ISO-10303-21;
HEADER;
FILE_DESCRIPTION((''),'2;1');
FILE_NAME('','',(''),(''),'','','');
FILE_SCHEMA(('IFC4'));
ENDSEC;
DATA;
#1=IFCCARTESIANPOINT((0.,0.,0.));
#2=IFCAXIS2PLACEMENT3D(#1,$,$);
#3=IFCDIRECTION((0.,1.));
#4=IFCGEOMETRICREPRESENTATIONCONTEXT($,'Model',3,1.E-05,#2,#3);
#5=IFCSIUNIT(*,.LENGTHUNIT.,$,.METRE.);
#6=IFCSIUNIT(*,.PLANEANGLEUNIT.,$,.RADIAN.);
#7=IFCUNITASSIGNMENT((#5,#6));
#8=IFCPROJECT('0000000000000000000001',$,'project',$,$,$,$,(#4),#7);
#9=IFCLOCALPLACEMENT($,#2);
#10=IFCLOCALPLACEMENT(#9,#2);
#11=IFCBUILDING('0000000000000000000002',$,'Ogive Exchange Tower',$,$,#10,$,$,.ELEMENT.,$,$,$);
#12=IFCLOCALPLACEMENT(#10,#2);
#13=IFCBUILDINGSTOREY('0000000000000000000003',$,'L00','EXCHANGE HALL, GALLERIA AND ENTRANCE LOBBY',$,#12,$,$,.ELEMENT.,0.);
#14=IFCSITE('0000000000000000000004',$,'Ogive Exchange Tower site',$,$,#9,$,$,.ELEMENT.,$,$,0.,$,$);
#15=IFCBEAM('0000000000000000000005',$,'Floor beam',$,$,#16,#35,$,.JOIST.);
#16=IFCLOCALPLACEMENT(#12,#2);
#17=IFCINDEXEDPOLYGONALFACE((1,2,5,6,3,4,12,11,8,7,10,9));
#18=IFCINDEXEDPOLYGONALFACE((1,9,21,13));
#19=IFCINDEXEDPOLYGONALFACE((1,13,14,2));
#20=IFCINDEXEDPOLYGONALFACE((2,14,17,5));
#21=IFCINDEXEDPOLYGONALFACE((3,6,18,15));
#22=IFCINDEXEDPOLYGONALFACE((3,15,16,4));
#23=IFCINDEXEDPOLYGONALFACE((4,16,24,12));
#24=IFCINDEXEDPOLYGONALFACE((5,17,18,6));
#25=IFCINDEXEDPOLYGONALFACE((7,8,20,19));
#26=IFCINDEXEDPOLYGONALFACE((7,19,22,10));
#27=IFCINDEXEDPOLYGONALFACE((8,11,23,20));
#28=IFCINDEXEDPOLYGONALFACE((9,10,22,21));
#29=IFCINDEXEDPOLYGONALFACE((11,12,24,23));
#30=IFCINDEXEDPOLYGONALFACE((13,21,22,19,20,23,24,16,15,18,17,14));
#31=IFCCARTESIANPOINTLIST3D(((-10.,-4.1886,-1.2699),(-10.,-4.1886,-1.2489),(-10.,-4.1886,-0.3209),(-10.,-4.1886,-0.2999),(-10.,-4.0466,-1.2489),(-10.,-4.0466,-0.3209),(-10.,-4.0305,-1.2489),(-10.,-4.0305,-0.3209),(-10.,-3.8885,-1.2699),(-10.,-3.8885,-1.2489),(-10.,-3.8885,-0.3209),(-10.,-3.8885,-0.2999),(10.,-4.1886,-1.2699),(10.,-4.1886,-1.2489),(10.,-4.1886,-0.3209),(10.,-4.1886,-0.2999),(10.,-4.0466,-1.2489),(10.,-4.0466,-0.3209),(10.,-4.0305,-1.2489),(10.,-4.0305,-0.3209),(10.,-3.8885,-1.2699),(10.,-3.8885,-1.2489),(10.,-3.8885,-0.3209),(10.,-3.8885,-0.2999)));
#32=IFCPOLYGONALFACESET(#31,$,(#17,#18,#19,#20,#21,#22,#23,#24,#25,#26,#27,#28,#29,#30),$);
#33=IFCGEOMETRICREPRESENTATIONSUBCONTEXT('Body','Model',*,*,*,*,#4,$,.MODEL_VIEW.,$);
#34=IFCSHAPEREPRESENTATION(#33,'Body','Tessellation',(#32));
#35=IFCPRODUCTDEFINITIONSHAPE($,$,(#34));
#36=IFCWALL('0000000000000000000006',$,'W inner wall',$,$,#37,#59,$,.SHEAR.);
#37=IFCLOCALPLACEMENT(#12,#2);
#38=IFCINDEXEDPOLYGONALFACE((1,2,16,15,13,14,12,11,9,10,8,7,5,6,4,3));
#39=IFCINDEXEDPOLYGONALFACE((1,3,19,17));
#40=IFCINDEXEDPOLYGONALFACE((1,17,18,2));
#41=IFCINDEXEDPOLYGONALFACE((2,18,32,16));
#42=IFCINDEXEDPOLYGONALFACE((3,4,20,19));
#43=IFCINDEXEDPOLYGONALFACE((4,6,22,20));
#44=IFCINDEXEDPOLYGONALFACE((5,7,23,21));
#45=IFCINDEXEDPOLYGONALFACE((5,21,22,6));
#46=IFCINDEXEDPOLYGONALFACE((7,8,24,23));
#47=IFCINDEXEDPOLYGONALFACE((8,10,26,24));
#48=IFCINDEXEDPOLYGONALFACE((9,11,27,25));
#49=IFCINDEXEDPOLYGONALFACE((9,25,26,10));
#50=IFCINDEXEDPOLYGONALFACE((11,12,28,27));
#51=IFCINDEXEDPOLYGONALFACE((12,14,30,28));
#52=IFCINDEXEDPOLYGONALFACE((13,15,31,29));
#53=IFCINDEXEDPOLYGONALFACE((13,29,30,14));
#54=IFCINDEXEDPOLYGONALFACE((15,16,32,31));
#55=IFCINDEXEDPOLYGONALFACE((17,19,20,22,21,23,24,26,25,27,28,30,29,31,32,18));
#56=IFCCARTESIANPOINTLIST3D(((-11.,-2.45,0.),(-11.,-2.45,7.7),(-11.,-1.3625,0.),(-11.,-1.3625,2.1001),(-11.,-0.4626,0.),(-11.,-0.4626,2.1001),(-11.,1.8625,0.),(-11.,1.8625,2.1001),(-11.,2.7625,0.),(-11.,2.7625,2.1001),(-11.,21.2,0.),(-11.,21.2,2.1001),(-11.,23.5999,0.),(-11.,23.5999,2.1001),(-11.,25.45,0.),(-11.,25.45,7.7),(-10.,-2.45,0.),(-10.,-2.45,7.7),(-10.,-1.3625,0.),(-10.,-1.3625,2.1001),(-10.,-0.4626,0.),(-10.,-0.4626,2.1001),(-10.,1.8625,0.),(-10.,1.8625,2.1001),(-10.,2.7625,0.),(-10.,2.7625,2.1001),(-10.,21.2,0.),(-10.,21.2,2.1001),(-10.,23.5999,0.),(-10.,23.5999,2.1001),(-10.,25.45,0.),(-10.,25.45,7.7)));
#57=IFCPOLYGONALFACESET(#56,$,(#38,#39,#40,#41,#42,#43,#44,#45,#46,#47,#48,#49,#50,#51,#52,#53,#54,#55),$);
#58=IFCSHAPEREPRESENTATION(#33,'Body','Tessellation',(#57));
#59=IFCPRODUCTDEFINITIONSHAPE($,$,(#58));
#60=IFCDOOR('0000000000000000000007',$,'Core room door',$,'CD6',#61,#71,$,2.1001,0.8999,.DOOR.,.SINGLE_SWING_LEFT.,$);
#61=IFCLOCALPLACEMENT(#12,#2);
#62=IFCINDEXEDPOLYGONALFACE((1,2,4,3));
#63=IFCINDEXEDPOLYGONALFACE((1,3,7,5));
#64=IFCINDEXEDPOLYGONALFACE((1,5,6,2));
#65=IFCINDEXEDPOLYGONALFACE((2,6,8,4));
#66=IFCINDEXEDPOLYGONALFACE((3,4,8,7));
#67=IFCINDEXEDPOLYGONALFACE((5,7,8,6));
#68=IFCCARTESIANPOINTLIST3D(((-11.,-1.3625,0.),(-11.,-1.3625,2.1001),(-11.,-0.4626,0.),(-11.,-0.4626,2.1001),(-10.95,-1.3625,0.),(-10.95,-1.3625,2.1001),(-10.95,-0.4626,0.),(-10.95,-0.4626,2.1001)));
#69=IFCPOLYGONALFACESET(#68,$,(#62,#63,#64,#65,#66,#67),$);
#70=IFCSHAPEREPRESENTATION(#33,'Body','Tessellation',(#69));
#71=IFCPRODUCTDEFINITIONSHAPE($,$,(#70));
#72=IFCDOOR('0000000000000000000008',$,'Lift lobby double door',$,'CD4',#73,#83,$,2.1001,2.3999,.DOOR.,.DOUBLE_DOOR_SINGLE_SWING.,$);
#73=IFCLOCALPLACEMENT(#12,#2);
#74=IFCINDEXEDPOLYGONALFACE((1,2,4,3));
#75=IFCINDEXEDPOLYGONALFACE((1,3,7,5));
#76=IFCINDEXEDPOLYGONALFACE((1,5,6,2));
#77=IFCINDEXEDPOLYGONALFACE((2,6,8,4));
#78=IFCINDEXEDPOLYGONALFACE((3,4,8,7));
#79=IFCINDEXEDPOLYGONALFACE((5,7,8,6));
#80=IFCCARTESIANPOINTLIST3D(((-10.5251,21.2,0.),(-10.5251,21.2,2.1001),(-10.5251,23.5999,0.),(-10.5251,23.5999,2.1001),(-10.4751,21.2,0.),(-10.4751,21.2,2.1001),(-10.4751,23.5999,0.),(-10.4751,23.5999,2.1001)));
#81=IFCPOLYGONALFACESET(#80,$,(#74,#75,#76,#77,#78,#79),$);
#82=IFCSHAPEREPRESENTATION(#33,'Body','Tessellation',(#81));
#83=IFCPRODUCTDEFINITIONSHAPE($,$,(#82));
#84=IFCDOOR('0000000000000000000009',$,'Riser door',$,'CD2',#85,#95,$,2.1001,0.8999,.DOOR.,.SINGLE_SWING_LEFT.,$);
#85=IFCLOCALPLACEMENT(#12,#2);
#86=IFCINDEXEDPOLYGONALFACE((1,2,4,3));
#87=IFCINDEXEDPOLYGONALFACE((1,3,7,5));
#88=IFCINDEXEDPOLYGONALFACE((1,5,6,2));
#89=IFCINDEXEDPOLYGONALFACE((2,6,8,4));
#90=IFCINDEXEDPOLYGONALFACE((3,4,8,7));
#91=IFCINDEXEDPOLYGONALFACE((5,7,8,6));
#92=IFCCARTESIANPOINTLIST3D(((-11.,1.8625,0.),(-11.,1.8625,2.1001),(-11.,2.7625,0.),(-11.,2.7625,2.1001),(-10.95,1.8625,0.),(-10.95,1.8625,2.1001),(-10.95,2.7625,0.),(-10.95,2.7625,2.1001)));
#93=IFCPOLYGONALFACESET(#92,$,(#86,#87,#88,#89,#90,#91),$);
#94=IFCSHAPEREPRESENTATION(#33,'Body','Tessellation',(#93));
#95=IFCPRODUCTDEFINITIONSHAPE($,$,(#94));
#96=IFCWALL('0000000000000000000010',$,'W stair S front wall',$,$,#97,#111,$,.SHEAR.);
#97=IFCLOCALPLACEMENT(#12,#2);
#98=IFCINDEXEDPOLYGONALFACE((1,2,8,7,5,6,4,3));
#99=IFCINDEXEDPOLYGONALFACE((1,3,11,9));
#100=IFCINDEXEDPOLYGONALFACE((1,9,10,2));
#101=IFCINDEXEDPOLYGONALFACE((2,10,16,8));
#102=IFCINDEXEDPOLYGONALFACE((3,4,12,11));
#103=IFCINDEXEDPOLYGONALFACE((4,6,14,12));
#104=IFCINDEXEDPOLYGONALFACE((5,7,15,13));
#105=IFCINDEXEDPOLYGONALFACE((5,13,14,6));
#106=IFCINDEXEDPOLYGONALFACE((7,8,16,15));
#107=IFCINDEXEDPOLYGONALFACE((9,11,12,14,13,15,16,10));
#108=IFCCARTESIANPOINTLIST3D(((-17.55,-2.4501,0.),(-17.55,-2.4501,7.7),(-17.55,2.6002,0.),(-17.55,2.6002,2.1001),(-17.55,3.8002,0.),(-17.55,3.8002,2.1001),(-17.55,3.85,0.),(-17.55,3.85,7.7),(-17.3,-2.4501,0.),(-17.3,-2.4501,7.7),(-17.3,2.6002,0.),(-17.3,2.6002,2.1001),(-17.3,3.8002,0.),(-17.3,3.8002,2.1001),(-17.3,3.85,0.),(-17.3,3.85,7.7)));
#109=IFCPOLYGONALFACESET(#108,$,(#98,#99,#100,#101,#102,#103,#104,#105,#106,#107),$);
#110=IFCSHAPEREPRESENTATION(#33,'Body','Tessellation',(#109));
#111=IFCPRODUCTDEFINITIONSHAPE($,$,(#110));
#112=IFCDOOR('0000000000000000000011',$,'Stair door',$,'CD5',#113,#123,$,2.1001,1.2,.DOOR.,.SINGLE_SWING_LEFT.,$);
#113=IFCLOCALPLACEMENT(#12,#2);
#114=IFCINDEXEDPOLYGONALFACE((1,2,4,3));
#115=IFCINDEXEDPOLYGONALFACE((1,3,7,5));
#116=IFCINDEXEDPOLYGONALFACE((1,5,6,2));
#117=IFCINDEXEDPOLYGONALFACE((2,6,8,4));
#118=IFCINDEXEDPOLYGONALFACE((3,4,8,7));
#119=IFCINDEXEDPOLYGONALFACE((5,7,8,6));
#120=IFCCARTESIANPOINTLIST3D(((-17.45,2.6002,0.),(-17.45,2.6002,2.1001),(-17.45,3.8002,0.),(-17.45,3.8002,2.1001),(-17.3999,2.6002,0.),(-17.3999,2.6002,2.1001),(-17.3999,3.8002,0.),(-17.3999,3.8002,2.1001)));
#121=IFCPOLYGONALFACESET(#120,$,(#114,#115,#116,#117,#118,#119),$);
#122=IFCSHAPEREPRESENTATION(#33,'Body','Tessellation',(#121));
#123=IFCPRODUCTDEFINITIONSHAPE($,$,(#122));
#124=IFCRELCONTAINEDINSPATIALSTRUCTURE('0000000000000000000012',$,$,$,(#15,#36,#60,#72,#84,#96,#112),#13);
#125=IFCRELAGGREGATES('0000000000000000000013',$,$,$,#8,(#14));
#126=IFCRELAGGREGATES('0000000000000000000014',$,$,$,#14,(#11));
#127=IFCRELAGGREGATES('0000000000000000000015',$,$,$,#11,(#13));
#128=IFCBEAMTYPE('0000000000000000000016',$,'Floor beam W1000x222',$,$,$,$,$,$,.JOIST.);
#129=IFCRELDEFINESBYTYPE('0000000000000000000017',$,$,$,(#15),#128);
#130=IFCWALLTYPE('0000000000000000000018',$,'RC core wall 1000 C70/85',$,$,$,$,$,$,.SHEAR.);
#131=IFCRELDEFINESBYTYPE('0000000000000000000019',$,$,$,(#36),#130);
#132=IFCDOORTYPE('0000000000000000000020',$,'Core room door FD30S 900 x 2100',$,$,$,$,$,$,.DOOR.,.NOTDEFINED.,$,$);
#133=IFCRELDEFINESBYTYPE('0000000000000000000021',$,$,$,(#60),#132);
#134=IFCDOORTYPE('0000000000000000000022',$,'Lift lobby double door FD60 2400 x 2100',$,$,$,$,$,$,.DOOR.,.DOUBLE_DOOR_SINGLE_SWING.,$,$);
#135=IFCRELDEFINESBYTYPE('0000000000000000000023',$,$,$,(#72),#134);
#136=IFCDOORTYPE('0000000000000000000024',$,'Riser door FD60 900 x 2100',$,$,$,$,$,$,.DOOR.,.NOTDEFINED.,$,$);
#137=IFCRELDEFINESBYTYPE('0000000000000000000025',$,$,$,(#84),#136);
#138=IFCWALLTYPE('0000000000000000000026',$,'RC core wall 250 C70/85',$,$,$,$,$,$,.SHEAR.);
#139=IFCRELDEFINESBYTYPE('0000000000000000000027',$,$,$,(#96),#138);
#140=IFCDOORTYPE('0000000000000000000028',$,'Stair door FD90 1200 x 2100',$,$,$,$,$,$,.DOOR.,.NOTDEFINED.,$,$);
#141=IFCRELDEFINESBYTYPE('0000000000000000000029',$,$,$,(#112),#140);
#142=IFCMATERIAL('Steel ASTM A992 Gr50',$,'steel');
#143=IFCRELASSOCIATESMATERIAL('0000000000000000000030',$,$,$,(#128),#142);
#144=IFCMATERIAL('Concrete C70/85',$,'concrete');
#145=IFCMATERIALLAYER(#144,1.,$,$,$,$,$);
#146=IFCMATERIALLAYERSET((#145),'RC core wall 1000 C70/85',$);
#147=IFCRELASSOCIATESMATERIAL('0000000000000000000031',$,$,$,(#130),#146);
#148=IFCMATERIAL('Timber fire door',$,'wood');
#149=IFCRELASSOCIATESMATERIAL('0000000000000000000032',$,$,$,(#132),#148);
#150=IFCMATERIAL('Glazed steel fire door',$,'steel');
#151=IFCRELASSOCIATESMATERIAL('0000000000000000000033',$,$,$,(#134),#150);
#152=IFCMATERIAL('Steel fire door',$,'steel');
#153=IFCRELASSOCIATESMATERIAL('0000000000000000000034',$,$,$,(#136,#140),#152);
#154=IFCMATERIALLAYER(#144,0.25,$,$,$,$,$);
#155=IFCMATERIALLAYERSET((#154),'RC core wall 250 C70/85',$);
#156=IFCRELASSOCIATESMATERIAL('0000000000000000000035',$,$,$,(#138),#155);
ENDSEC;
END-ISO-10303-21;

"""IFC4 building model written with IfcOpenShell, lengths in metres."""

from ifc_helpers import new_model, si_unit, direction, frame, frame_2d, origin, origin_2d, place, context, subcontext, project, spatial, rectangle, i_section, extrude, material, layer, layer_set, material_profile, profile_set, type_object, element, fill, save


model = new_model("IFC4")

# Units and contexts
model_context = context("Model", 3, precision=1e-05, world=origin(), true_north=direction((0.0, 1.0)))
body_context = subcontext(model_context, "Body", "Model", "MODEL_VIEW")
ifc_project = project(units=[si_unit("LENGTHUNIT", "METRE"), si_unit("PLANEANGLEUNIT", "RADIAN")], contexts=[model_context])

# Site, building, storey
site_placement = place(None, origin())
site = spatial("IfcSite", under=ifc_project, at=site_placement, Name="Ogive Exchange Tower site", CompositionType="ELEMENT", RefElevation=0.0)
building_placement = place(site_placement, origin())
building = spatial("IfcBuilding", under=site, at=building_placement, Name="Ogive Exchange Tower", CompositionType="ELEMENT")
storey_placement = place(building_placement, origin())
storey = spatial("IfcBuildingStorey", under=building, at=storey_placement, Name="L00", Description="EXCHANGE HALL, GALLERIA AND ENTRANCE LOBBY", CompositionType="ELEMENT", Elevation=0.0)

# Beam
ifc_material_1 = material(Name="Steel ASTM A992 Gr50", Category="steel")
ifc_material_profile = material_profile(ifc_material_1, i_section(OverallWidth=0.3, OverallDepth=0.97, WebThickness=0.0161, FlangeThickness=0.021, at=origin_2d()), Name="W1000x222")
ifc_profile_set = profile_set([ifc_material_profile], Name="Steel ASTM A992 Gr50")
beam_type = type_object("IfcBeamType", Name="Floor beam W1000x222", PredefinedType="JOIST", material=ifc_profile_set)
beam_placement = place(storey_placement, frame((-10.0, -4.0386, -0.7849), z_axis=(1.0, 0.0, 0.0), x_axis=(0.0, 1.0, 0.0)))
element("IfcBeam", 1, at=beam_placement, inside=storey, type_object=beam_type, Name="Floor beam", PredefinedType="JOIST", context=body_context, shape_type="SweptSolid", body=[
    extrude(i_section(OverallWidth=0.3, OverallDepth=0.97, WebThickness=0.0161, FlangeThickness=0.021, at=origin_2d()), origin(), (0.0, 0.0, 1.0), 20.0),
])

# Wall, openings, doors
ifc_material_2 = material(Name="Concrete C70/85", Category="concrete")
ifc_layer_1 = layer(ifc_material_2, 1.0)
ifc_layer_set_1 = layer_set([ifc_layer_1], Name="RC core wall 1000 C70/85")
wall_type_1 = type_object("IfcWallType", Name="RC core wall 1000 C70/85", PredefinedType="SHEAR", material=ifc_layer_set_1)
wall_1_placement = place(storey_placement, frame((-10.5, -2.45, 0.0), z_axis=(0.0, 0.0, 1.0), x_axis=(0.0, 1.0, 0.0)))
wall_1 = element("IfcWall", 2, at=wall_1_placement, inside=storey, type_object=wall_type_1, Name="W inner wall", PredefinedType="SHEAR", context=body_context, shape_type="SweptSolid", body=[
    extrude(rectangle(XDim=27.8999, YDim=1.0, at=frame_2d((13.95, 0.0))), origin(), (0.0, 0.0, 1.0), 7.7),
])
opening_1_placement = place(wall_1_placement, frame((23.6499, 0.0, 0.0)))
opening_1 = element("IfcOpeningElement", 3, at=opening_1_placement, cuts=wall_1, PredefinedType="OPENING", context=body_context, shape_type="SweptSolid", body=[
    extrude(rectangle(XDim=2.3999, YDim=2.1001, at=frame_2d((1.2, 1.05))), frame((0.0, 0.51, 0.0), z_axis=(0.0, -1.0, 0.0), x_axis=(1.0, 0.0, 0.0)), (0.0, 0.0, 1.0), 1.02),
])
opening_2_placement = place(wall_1_placement, frame((1.0874, 0.0, 0.0)))
opening_2 = element("IfcOpeningElement", 4, at=opening_2_placement, cuts=wall_1, PredefinedType="OPENING", context=body_context, shape_type="SweptSolid", body=[
    extrude(rectangle(XDim=0.8999, YDim=2.1001, at=frame_2d((0.45, 1.05))), frame((0.0, 0.51, 0.0), z_axis=(0.0, -1.0, 0.0), x_axis=(1.0, 0.0, 0.0)), (0.0, 0.0, 1.0), 1.02),
])
opening_3_placement = place(wall_1_placement, frame((4.3125, 0.0, 0.0)))
opening_3 = element("IfcOpeningElement", 5, at=opening_3_placement, cuts=wall_1, PredefinedType="OPENING", context=body_context, shape_type="SweptSolid", body=[
    extrude(rectangle(XDim=0.8999, YDim=2.1001, at=frame_2d((0.45, 1.05))), frame((0.0, 0.51, 0.0), z_axis=(0.0, -1.0, 0.0), x_axis=(1.0, 0.0, 0.0)), (0.0, 0.0, 1.0), 1.02),
])
ifc_material_3 = material(Name="Timber fire door", Category="wood")
door_type_1 = type_object("IfcDoorType", Name="Core room door FD30S 900 x 2100", OperationType="NOTDEFINED", PredefinedType="DOOR", material=ifc_material_3)
door_1_placement = place(opening_2_placement, origin())
door_1 = element("IfcDoor", 6, at=door_1_placement, inside=storey, type_object=door_type_1, Name="Core room door", ObjectType="CD6", OperationType="SINGLE_SWING_LEFT", OverallHeight=2.1001, OverallWidth=0.8999, PredefinedType="DOOR", context=body_context, shape_type="SweptSolid", body=[
    extrude(rectangle(XDim=0.8999, YDim=2.1001, at=frame_2d((0.45, 1.05))), frame((0.0, 0.5, 0.0), z_axis=(0.0, -1.0, 0.0), x_axis=(1.0, 0.0, 0.0)), (0.0, 0.0, 1.0), 0.05),
])
fill(opening_2, door_1)
ifc_material_4 = material(Name="Glazed steel fire door", Category="steel")
door_type_2 = type_object("IfcDoorType", Name="Lift lobby double door FD60 2400 x 2100", OperationType="DOUBLE_DOOR_SINGLE_SWING", PredefinedType="DOOR", material=ifc_material_4)
door_2_placement = place(opening_1_placement, frame((2.3999, 0.0, 0.0), z_axis=(0.0, 0.0, 1.0), x_axis=(-1.0, 0.0, 0.0)))
door_2 = element("IfcDoor", 7, at=door_2_placement, inside=storey, type_object=door_type_2, Name="Lift lobby double door", ObjectType="CD4", OperationType="DOUBLE_DOOR_SINGLE_SWING", OverallHeight=2.1001, OverallWidth=2.3999, PredefinedType="DOOR", context=body_context, shape_type="SweptSolid", body=[
    extrude(rectangle(XDim=2.3999, YDim=2.1001, at=frame_2d((1.2, 1.05))), frame((0.0, 0.0249, 0.0), z_axis=(0.0, -1.0, 0.0), x_axis=(1.0, 0.0, 0.0)), (0.0, 0.0, 1.0), 0.05),
])
fill(opening_1, door_2)
ifc_material_5 = material(Name="Steel fire door", Category="steel")
door_type_3 = type_object("IfcDoorType", Name="Riser door FD60 900 x 2100", OperationType="NOTDEFINED", PredefinedType="DOOR", material=ifc_material_5)
door_3_placement = place(opening_3_placement, origin())
door_3 = element("IfcDoor", 8, at=door_3_placement, inside=storey, type_object=door_type_3, Name="Riser door", ObjectType="CD2", OperationType="SINGLE_SWING_LEFT", OverallHeight=2.1001, OverallWidth=0.8999, PredefinedType="DOOR", context=body_context, shape_type="SweptSolid", body=[
    extrude(rectangle(XDim=0.8999, YDim=2.1001, at=frame_2d((0.45, 1.05))), frame((0.0, 0.5, 0.0), z_axis=(0.0, -1.0, 0.0), x_axis=(1.0, 0.0, 0.0)), (0.0, 0.0, 1.0), 0.05),
])
fill(opening_3, door_3)

# Wall, opening, door
ifc_layer_2 = layer(ifc_material_2, 0.25)
ifc_layer_set_2 = layer_set([ifc_layer_2], Name="RC core wall 250 C70/85")
wall_type_2 = type_object("IfcWallType", Name="RC core wall 250 C70/85", PredefinedType="SHEAR", material=ifc_layer_set_2)
wall_2_placement = place(storey_placement, frame((-17.425, -2.45, 0.0), z_axis=(0.0, 0.0, 1.0), x_axis=(0.0, 1.0, 0.0)))
wall_2 = element("IfcWall", 9, at=wall_2_placement, inside=storey, type_object=wall_type_2, Name="W stair S front wall", PredefinedType="SHEAR", context=body_context, shape_type="SweptSolid", body=[
    extrude(rectangle(XDim=6.3, YDim=0.25, at=frame_2d((3.1499, 0.0))), origin(), (0.0, 0.0, 1.0), 7.7),
])
opening_4_placement = place(wall_2_placement, frame((5.05, 0.0, 0.0)))
opening_4 = element("IfcOpeningElement", 10, at=opening_4_placement, cuts=wall_2, PredefinedType="OPENING", context=body_context, shape_type="SweptSolid", body=[
    extrude(rectangle(XDim=1.2, YDim=2.1001, at=frame_2d((0.6001, 1.05))), frame((0.0, 0.135, 0.0), z_axis=(0.0, -1.0, 0.0), x_axis=(1.0, 0.0, 0.0)), (0.0, 0.0, 1.0), 0.27),
])
door_type_4 = type_object("IfcDoorType", Name="Stair door FD90 1200 x 2100", OperationType="NOTDEFINED", PredefinedType="DOOR", material=ifc_material_5)
door_4_placement = place(opening_4_placement, origin())
door_4 = element("IfcDoor", 11, at=door_4_placement, inside=storey, type_object=door_type_4, Name="Stair door", ObjectType="CD5", OperationType="SINGLE_SWING_LEFT", OverallHeight=2.1001, OverallWidth=1.2, PredefinedType="DOOR", context=body_context, shape_type="SweptSolid", body=[
    extrude(rectangle(XDim=1.2, YDim=2.1001, at=frame_2d((0.6001, 1.05))), frame((0.0, 0.0249, 0.0), z_axis=(0.0, -1.0, 0.0), x_axis=(1.0, 0.0, 0.0)), (0.0, 0.0, 1.0), 0.05),
])
fill(opening_4, door_4)

save(model, "model.ifc")
